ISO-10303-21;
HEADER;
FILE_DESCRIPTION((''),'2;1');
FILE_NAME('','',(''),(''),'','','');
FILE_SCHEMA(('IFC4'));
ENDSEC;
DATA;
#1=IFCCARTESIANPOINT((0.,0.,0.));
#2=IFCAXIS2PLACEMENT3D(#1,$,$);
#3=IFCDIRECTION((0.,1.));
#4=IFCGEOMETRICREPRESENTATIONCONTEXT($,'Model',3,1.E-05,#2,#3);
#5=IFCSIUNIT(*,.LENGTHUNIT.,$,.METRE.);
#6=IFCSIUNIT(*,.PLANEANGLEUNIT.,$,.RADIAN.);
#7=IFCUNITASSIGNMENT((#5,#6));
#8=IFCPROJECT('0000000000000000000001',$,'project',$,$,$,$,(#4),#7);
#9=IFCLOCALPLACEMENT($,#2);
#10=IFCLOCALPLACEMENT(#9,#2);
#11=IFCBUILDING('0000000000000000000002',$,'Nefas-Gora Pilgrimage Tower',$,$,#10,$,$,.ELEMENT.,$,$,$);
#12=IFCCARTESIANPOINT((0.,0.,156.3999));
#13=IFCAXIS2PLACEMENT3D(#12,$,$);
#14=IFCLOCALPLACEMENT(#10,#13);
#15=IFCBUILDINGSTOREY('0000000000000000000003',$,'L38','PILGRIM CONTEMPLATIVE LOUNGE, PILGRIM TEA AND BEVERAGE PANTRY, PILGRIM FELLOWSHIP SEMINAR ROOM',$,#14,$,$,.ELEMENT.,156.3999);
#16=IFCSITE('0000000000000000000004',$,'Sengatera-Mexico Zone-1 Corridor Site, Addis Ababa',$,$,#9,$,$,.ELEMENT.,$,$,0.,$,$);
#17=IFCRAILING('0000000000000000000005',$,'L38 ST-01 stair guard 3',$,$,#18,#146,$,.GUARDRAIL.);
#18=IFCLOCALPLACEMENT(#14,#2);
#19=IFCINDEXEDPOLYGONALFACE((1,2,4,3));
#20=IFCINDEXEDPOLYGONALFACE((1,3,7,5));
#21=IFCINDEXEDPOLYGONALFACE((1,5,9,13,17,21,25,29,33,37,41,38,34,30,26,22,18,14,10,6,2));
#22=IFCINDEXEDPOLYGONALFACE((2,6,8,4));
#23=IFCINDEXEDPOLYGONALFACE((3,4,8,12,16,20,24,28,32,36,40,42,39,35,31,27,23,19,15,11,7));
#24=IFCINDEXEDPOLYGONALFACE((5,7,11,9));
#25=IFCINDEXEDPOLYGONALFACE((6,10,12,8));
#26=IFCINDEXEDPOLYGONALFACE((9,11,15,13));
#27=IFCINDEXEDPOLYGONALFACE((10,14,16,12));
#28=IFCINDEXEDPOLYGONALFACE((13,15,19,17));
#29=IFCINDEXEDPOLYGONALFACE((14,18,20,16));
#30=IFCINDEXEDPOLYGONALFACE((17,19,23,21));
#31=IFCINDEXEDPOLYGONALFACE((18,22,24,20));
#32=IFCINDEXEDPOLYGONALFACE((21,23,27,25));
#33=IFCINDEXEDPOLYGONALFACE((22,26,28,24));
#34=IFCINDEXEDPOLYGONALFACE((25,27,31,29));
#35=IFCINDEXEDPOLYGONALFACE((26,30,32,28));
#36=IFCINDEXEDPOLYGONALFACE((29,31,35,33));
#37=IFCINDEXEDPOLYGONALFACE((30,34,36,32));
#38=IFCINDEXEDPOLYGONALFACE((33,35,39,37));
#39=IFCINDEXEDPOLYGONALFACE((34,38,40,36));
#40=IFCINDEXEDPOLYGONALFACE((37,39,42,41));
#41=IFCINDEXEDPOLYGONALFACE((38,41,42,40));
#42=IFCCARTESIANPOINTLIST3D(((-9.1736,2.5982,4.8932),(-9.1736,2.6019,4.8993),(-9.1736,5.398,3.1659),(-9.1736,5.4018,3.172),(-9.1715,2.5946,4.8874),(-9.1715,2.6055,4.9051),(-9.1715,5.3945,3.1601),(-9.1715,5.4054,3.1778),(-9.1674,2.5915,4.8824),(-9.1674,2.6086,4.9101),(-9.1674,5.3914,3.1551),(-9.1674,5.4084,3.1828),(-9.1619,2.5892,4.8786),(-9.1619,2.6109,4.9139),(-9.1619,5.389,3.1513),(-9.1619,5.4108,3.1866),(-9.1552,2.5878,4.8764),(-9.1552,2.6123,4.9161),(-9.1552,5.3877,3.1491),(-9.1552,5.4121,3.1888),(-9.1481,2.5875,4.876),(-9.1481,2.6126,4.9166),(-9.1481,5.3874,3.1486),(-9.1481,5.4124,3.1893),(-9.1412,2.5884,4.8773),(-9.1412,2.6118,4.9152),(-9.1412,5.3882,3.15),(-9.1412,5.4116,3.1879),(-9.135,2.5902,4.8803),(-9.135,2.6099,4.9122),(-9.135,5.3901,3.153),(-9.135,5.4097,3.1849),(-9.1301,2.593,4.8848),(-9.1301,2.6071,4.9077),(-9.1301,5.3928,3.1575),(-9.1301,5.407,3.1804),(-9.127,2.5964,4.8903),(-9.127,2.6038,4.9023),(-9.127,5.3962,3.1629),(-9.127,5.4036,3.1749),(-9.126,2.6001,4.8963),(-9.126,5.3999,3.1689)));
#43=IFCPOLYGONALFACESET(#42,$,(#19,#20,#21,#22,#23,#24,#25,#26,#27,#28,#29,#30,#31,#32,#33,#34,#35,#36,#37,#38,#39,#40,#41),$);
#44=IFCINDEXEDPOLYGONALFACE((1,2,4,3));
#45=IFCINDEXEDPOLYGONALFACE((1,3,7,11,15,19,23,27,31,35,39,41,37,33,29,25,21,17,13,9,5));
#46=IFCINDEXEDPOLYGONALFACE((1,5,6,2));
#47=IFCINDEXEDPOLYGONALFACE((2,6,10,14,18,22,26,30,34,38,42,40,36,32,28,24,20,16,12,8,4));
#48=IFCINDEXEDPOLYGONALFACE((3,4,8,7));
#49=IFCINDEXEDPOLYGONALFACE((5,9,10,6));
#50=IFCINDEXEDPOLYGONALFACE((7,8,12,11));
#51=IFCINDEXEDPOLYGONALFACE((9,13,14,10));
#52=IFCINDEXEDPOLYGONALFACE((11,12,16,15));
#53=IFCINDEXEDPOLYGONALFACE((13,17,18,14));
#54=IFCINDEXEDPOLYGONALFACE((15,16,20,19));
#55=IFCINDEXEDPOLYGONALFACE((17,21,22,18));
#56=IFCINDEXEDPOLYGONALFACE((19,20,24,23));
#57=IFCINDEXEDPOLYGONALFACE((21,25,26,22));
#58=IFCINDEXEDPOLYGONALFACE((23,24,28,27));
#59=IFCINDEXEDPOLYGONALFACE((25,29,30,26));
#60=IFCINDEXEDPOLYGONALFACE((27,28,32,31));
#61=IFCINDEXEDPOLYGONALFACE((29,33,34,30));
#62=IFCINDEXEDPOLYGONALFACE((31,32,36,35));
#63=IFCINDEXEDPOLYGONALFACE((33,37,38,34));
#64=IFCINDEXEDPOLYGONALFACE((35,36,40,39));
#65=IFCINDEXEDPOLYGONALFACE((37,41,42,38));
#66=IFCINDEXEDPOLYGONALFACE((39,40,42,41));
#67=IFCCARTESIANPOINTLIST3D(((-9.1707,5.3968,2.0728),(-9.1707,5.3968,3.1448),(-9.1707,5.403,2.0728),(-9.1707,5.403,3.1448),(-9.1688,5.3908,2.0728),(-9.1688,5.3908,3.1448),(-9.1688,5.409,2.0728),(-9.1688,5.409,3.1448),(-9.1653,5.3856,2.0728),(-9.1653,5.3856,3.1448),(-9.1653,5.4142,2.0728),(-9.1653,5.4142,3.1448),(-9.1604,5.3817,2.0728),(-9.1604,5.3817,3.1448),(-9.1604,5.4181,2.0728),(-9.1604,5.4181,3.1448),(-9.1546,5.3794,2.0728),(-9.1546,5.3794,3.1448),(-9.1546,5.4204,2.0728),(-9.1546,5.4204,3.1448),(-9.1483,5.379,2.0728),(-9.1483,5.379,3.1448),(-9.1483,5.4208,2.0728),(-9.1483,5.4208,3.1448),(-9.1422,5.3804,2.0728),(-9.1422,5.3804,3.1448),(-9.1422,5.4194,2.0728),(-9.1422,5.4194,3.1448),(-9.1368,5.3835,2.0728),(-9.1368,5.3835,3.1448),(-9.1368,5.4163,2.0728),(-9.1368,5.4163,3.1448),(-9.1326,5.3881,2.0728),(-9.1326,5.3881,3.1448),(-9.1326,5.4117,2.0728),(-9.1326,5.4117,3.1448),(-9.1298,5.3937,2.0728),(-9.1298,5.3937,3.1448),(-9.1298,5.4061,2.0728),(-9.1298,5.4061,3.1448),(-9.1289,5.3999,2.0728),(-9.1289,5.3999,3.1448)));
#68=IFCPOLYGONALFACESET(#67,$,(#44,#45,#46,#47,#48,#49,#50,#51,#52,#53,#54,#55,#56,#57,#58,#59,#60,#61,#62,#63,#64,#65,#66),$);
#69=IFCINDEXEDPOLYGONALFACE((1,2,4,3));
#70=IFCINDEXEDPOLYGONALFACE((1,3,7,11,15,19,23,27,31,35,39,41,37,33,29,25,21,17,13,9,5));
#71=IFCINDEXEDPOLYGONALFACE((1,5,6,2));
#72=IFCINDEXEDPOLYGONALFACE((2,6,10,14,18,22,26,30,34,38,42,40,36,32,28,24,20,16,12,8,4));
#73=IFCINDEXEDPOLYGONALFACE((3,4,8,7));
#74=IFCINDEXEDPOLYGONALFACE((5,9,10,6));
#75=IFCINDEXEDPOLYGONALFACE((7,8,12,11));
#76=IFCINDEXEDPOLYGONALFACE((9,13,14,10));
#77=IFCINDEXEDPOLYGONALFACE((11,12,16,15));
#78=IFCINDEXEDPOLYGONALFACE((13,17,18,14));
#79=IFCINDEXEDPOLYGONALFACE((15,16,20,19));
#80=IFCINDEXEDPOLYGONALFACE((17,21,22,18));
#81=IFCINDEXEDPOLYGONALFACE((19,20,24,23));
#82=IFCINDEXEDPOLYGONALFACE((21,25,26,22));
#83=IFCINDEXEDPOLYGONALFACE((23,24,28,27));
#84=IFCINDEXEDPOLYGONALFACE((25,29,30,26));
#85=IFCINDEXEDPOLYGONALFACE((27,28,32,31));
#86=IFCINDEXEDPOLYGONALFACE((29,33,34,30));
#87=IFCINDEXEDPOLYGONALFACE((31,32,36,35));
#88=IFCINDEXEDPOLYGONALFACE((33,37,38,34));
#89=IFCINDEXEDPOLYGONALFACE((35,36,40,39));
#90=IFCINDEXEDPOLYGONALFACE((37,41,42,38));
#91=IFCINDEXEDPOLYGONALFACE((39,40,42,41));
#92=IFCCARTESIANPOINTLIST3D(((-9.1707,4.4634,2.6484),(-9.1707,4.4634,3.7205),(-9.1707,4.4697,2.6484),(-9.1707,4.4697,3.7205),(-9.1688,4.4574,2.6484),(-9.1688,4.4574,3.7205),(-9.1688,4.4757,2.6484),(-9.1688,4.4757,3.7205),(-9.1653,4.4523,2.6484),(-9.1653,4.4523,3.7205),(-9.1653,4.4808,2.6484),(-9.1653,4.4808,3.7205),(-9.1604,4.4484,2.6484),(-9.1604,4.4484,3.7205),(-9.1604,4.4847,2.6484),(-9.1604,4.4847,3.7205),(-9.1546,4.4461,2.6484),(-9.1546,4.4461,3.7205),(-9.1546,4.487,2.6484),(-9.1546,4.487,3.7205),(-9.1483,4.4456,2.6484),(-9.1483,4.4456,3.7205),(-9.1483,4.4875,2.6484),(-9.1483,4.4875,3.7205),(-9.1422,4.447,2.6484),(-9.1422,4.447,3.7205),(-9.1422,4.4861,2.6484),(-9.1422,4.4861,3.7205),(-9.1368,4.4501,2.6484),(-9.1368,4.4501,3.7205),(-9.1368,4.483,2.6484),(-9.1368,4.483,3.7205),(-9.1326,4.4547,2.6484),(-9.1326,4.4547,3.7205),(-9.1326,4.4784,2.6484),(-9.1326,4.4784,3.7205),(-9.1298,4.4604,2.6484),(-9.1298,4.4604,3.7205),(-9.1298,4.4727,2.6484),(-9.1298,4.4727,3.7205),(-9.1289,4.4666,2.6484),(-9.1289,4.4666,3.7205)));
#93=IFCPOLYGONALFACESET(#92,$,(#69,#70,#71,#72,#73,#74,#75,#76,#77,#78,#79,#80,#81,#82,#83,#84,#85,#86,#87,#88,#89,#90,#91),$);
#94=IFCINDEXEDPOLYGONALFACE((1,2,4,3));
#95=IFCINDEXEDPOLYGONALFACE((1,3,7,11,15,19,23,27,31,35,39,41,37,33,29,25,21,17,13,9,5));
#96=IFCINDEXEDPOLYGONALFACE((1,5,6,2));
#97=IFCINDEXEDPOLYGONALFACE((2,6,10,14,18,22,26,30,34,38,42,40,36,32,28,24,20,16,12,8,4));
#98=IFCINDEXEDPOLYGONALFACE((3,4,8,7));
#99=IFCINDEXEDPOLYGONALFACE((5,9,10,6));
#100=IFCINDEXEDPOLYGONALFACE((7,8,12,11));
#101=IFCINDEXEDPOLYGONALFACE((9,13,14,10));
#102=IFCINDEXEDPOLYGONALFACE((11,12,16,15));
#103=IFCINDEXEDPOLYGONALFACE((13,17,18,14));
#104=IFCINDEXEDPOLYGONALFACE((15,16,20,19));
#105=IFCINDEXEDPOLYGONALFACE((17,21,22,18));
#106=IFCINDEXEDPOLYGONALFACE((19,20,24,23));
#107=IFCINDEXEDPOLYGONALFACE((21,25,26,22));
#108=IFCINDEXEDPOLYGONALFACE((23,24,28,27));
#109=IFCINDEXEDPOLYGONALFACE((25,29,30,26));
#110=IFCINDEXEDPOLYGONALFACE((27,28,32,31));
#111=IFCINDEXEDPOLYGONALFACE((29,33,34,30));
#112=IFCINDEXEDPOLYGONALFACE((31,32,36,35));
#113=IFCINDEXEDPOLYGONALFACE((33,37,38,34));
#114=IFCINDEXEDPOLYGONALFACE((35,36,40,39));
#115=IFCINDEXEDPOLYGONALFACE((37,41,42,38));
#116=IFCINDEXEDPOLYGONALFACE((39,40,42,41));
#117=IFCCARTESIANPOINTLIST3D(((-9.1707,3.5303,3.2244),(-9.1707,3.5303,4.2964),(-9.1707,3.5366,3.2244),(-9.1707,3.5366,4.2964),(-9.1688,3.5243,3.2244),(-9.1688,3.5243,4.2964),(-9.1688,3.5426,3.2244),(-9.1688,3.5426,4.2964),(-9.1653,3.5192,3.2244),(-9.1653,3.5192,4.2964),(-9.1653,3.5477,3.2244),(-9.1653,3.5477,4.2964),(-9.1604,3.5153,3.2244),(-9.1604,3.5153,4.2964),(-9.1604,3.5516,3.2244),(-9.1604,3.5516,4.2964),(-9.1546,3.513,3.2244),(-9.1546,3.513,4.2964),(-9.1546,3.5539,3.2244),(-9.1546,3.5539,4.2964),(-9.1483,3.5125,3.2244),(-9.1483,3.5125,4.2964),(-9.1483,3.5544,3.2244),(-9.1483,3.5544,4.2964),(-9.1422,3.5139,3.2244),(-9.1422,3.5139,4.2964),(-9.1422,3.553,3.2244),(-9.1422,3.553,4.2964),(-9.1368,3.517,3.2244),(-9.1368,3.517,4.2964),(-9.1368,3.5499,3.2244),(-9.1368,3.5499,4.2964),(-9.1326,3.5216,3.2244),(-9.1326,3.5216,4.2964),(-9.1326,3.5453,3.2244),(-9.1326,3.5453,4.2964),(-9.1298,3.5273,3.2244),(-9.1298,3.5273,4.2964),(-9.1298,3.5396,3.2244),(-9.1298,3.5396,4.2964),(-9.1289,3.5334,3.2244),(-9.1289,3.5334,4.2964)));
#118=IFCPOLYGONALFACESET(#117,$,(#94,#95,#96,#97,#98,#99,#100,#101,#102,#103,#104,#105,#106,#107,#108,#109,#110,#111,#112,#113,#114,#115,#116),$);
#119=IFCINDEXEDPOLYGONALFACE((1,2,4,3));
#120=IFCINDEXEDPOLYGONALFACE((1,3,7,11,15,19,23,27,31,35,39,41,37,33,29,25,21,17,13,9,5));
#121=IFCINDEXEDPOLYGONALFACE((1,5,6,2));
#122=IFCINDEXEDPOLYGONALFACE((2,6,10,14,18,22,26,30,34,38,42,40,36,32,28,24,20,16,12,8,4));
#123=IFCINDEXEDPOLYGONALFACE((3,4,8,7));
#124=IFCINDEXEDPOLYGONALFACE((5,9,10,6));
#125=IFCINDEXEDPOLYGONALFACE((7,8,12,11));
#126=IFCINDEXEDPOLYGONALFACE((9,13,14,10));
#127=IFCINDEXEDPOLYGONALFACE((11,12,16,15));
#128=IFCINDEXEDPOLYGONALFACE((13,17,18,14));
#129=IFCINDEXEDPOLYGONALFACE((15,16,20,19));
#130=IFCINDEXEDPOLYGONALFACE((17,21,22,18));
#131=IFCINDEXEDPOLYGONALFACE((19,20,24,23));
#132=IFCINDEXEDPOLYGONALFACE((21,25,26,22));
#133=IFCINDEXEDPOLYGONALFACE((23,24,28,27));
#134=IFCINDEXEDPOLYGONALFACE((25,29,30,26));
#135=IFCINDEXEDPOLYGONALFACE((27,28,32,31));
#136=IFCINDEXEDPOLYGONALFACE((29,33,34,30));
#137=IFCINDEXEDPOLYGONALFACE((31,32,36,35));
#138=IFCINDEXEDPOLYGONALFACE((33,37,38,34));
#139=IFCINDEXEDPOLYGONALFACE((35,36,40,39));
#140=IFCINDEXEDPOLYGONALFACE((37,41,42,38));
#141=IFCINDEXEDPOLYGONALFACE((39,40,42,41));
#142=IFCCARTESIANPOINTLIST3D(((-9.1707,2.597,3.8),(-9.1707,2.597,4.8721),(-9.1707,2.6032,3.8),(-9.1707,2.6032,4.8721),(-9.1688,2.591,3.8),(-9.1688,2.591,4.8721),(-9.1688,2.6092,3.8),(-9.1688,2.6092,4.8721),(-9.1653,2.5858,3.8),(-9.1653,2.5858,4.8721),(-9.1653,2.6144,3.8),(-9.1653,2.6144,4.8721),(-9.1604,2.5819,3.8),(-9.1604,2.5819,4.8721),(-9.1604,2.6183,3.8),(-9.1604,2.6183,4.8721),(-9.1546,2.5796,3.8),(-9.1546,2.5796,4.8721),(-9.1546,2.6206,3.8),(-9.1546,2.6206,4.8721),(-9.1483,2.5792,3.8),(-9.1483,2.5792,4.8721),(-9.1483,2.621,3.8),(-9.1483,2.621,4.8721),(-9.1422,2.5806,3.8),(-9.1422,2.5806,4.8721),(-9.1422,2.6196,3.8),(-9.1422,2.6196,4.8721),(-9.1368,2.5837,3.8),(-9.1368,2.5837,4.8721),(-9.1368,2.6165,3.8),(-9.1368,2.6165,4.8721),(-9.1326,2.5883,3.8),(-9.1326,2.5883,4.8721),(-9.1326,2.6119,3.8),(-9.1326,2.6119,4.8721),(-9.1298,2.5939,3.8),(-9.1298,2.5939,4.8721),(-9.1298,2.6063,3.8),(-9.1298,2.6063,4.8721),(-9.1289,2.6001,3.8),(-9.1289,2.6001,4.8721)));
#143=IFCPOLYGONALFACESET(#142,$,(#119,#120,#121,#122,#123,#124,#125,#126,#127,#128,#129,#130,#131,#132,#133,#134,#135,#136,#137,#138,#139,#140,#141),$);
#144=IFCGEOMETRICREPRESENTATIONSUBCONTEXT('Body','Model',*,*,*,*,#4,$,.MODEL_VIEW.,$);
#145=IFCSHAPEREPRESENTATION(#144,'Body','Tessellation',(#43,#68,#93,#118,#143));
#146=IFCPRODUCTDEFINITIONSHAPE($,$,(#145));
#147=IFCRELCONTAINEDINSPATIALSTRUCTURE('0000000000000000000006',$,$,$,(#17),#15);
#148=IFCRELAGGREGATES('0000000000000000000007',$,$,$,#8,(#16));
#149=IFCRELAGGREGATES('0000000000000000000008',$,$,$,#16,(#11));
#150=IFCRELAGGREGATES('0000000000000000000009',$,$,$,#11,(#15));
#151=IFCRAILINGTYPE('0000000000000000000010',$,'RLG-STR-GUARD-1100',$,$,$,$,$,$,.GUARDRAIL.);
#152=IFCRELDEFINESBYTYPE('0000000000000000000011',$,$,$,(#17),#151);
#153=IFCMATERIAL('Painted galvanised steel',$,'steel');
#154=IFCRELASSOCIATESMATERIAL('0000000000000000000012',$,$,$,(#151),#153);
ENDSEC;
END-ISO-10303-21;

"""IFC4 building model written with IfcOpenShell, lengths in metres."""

from ifc_helpers import new_model, si_unit, direction, frame, origin, origin_2d, place, context, subcontext, project, spatial, circle, extrude, material, type_object, element, save


model = new_model("IFC4")

# Units and contexts
model_context = context("Model", 3, precision=1e-05, world=origin(), true_north=direction((0.0, 1.0)))
body_context = subcontext(model_context, "Body", "Model", "MODEL_VIEW")
ifc_project = project(units=[si_unit("LENGTHUNIT", "METRE"), si_unit("PLANEANGLEUNIT", "RADIAN")], contexts=[model_context])

# Site, building, storey
site_placement = place(None, origin())
site = spatial("IfcSite", under=ifc_project, at=site_placement, Name="Sengatera-Mexico Zone-1 Corridor Site, Addis Ababa", CompositionType="ELEMENT", RefElevation=0.0)
building_placement = place(site_placement, origin())
building = spatial("IfcBuilding", under=site, at=building_placement, Name="Nefas-Gora Pilgrimage Tower", CompositionType="ELEMENT")
storey_placement = place(building_placement, frame((0.0, 0.0, 156.3999)))
storey = spatial("IfcBuildingStorey", under=building, at=storey_placement, Name="L38", Description="PILGRIM CONTEMPLATIVE LOUNGE, PILGRIM TEA AND BEVERAGE PANTRY, PILGRIM FELLOWSHIP SEMINAR ROOM", CompositionType="ELEMENT", Elevation=156.3999)

# Railing
ifc_material_1 = material(Name="Painted galvanised steel", Category="steel")
railing_type_1 = type_object("IfcRailingType", Name="RLG-STR-GUARD-1100", PredefinedType="GUARDRAIL", material=ifc_material_1)
railing_1_placement = place(storey_placement, frame((-9.1499, 5.3999, 2.0728)))
element("IfcRailing", 1, at=railing_1_placement, inside=storey, type_object=railing_type_1, Name="L38 ST-01 stair guard 3", PredefinedType="GUARDRAIL", context=body_context, shape_type="SweptSolid", body=[
    extrude(circle(Radius=0.0239, at=origin_2d()), frame((0.0, 0.0, 1.0962), z_axis=(0.0, -0.851069, 0.525054), x_axis=(1.0, 0.0, 0.0)), (0.0, 0.0, 1.0), 3.2898),
    extrude(circle(Radius=0.021, at=origin_2d()), origin(), (0.0, 0.0, 1.0), 1.072),
    extrude(circle(Radius=0.021, at=origin_2d()), frame((0.0, -0.9333, 0.5757)), (0.0, 0.0, 1.0), 1.072),
    extrude(circle(Radius=0.021, at=origin_2d()), frame((0.0, -1.8665, 1.1516)), (0.0, 0.0, 1.0), 1.072),
    extrude(circle(Radius=0.021, at=origin_2d()), frame((0.0, -2.7998, 1.7273)), (0.0, 0.0, 1.0), 1.072),
])

save(model, "model.ifc")
